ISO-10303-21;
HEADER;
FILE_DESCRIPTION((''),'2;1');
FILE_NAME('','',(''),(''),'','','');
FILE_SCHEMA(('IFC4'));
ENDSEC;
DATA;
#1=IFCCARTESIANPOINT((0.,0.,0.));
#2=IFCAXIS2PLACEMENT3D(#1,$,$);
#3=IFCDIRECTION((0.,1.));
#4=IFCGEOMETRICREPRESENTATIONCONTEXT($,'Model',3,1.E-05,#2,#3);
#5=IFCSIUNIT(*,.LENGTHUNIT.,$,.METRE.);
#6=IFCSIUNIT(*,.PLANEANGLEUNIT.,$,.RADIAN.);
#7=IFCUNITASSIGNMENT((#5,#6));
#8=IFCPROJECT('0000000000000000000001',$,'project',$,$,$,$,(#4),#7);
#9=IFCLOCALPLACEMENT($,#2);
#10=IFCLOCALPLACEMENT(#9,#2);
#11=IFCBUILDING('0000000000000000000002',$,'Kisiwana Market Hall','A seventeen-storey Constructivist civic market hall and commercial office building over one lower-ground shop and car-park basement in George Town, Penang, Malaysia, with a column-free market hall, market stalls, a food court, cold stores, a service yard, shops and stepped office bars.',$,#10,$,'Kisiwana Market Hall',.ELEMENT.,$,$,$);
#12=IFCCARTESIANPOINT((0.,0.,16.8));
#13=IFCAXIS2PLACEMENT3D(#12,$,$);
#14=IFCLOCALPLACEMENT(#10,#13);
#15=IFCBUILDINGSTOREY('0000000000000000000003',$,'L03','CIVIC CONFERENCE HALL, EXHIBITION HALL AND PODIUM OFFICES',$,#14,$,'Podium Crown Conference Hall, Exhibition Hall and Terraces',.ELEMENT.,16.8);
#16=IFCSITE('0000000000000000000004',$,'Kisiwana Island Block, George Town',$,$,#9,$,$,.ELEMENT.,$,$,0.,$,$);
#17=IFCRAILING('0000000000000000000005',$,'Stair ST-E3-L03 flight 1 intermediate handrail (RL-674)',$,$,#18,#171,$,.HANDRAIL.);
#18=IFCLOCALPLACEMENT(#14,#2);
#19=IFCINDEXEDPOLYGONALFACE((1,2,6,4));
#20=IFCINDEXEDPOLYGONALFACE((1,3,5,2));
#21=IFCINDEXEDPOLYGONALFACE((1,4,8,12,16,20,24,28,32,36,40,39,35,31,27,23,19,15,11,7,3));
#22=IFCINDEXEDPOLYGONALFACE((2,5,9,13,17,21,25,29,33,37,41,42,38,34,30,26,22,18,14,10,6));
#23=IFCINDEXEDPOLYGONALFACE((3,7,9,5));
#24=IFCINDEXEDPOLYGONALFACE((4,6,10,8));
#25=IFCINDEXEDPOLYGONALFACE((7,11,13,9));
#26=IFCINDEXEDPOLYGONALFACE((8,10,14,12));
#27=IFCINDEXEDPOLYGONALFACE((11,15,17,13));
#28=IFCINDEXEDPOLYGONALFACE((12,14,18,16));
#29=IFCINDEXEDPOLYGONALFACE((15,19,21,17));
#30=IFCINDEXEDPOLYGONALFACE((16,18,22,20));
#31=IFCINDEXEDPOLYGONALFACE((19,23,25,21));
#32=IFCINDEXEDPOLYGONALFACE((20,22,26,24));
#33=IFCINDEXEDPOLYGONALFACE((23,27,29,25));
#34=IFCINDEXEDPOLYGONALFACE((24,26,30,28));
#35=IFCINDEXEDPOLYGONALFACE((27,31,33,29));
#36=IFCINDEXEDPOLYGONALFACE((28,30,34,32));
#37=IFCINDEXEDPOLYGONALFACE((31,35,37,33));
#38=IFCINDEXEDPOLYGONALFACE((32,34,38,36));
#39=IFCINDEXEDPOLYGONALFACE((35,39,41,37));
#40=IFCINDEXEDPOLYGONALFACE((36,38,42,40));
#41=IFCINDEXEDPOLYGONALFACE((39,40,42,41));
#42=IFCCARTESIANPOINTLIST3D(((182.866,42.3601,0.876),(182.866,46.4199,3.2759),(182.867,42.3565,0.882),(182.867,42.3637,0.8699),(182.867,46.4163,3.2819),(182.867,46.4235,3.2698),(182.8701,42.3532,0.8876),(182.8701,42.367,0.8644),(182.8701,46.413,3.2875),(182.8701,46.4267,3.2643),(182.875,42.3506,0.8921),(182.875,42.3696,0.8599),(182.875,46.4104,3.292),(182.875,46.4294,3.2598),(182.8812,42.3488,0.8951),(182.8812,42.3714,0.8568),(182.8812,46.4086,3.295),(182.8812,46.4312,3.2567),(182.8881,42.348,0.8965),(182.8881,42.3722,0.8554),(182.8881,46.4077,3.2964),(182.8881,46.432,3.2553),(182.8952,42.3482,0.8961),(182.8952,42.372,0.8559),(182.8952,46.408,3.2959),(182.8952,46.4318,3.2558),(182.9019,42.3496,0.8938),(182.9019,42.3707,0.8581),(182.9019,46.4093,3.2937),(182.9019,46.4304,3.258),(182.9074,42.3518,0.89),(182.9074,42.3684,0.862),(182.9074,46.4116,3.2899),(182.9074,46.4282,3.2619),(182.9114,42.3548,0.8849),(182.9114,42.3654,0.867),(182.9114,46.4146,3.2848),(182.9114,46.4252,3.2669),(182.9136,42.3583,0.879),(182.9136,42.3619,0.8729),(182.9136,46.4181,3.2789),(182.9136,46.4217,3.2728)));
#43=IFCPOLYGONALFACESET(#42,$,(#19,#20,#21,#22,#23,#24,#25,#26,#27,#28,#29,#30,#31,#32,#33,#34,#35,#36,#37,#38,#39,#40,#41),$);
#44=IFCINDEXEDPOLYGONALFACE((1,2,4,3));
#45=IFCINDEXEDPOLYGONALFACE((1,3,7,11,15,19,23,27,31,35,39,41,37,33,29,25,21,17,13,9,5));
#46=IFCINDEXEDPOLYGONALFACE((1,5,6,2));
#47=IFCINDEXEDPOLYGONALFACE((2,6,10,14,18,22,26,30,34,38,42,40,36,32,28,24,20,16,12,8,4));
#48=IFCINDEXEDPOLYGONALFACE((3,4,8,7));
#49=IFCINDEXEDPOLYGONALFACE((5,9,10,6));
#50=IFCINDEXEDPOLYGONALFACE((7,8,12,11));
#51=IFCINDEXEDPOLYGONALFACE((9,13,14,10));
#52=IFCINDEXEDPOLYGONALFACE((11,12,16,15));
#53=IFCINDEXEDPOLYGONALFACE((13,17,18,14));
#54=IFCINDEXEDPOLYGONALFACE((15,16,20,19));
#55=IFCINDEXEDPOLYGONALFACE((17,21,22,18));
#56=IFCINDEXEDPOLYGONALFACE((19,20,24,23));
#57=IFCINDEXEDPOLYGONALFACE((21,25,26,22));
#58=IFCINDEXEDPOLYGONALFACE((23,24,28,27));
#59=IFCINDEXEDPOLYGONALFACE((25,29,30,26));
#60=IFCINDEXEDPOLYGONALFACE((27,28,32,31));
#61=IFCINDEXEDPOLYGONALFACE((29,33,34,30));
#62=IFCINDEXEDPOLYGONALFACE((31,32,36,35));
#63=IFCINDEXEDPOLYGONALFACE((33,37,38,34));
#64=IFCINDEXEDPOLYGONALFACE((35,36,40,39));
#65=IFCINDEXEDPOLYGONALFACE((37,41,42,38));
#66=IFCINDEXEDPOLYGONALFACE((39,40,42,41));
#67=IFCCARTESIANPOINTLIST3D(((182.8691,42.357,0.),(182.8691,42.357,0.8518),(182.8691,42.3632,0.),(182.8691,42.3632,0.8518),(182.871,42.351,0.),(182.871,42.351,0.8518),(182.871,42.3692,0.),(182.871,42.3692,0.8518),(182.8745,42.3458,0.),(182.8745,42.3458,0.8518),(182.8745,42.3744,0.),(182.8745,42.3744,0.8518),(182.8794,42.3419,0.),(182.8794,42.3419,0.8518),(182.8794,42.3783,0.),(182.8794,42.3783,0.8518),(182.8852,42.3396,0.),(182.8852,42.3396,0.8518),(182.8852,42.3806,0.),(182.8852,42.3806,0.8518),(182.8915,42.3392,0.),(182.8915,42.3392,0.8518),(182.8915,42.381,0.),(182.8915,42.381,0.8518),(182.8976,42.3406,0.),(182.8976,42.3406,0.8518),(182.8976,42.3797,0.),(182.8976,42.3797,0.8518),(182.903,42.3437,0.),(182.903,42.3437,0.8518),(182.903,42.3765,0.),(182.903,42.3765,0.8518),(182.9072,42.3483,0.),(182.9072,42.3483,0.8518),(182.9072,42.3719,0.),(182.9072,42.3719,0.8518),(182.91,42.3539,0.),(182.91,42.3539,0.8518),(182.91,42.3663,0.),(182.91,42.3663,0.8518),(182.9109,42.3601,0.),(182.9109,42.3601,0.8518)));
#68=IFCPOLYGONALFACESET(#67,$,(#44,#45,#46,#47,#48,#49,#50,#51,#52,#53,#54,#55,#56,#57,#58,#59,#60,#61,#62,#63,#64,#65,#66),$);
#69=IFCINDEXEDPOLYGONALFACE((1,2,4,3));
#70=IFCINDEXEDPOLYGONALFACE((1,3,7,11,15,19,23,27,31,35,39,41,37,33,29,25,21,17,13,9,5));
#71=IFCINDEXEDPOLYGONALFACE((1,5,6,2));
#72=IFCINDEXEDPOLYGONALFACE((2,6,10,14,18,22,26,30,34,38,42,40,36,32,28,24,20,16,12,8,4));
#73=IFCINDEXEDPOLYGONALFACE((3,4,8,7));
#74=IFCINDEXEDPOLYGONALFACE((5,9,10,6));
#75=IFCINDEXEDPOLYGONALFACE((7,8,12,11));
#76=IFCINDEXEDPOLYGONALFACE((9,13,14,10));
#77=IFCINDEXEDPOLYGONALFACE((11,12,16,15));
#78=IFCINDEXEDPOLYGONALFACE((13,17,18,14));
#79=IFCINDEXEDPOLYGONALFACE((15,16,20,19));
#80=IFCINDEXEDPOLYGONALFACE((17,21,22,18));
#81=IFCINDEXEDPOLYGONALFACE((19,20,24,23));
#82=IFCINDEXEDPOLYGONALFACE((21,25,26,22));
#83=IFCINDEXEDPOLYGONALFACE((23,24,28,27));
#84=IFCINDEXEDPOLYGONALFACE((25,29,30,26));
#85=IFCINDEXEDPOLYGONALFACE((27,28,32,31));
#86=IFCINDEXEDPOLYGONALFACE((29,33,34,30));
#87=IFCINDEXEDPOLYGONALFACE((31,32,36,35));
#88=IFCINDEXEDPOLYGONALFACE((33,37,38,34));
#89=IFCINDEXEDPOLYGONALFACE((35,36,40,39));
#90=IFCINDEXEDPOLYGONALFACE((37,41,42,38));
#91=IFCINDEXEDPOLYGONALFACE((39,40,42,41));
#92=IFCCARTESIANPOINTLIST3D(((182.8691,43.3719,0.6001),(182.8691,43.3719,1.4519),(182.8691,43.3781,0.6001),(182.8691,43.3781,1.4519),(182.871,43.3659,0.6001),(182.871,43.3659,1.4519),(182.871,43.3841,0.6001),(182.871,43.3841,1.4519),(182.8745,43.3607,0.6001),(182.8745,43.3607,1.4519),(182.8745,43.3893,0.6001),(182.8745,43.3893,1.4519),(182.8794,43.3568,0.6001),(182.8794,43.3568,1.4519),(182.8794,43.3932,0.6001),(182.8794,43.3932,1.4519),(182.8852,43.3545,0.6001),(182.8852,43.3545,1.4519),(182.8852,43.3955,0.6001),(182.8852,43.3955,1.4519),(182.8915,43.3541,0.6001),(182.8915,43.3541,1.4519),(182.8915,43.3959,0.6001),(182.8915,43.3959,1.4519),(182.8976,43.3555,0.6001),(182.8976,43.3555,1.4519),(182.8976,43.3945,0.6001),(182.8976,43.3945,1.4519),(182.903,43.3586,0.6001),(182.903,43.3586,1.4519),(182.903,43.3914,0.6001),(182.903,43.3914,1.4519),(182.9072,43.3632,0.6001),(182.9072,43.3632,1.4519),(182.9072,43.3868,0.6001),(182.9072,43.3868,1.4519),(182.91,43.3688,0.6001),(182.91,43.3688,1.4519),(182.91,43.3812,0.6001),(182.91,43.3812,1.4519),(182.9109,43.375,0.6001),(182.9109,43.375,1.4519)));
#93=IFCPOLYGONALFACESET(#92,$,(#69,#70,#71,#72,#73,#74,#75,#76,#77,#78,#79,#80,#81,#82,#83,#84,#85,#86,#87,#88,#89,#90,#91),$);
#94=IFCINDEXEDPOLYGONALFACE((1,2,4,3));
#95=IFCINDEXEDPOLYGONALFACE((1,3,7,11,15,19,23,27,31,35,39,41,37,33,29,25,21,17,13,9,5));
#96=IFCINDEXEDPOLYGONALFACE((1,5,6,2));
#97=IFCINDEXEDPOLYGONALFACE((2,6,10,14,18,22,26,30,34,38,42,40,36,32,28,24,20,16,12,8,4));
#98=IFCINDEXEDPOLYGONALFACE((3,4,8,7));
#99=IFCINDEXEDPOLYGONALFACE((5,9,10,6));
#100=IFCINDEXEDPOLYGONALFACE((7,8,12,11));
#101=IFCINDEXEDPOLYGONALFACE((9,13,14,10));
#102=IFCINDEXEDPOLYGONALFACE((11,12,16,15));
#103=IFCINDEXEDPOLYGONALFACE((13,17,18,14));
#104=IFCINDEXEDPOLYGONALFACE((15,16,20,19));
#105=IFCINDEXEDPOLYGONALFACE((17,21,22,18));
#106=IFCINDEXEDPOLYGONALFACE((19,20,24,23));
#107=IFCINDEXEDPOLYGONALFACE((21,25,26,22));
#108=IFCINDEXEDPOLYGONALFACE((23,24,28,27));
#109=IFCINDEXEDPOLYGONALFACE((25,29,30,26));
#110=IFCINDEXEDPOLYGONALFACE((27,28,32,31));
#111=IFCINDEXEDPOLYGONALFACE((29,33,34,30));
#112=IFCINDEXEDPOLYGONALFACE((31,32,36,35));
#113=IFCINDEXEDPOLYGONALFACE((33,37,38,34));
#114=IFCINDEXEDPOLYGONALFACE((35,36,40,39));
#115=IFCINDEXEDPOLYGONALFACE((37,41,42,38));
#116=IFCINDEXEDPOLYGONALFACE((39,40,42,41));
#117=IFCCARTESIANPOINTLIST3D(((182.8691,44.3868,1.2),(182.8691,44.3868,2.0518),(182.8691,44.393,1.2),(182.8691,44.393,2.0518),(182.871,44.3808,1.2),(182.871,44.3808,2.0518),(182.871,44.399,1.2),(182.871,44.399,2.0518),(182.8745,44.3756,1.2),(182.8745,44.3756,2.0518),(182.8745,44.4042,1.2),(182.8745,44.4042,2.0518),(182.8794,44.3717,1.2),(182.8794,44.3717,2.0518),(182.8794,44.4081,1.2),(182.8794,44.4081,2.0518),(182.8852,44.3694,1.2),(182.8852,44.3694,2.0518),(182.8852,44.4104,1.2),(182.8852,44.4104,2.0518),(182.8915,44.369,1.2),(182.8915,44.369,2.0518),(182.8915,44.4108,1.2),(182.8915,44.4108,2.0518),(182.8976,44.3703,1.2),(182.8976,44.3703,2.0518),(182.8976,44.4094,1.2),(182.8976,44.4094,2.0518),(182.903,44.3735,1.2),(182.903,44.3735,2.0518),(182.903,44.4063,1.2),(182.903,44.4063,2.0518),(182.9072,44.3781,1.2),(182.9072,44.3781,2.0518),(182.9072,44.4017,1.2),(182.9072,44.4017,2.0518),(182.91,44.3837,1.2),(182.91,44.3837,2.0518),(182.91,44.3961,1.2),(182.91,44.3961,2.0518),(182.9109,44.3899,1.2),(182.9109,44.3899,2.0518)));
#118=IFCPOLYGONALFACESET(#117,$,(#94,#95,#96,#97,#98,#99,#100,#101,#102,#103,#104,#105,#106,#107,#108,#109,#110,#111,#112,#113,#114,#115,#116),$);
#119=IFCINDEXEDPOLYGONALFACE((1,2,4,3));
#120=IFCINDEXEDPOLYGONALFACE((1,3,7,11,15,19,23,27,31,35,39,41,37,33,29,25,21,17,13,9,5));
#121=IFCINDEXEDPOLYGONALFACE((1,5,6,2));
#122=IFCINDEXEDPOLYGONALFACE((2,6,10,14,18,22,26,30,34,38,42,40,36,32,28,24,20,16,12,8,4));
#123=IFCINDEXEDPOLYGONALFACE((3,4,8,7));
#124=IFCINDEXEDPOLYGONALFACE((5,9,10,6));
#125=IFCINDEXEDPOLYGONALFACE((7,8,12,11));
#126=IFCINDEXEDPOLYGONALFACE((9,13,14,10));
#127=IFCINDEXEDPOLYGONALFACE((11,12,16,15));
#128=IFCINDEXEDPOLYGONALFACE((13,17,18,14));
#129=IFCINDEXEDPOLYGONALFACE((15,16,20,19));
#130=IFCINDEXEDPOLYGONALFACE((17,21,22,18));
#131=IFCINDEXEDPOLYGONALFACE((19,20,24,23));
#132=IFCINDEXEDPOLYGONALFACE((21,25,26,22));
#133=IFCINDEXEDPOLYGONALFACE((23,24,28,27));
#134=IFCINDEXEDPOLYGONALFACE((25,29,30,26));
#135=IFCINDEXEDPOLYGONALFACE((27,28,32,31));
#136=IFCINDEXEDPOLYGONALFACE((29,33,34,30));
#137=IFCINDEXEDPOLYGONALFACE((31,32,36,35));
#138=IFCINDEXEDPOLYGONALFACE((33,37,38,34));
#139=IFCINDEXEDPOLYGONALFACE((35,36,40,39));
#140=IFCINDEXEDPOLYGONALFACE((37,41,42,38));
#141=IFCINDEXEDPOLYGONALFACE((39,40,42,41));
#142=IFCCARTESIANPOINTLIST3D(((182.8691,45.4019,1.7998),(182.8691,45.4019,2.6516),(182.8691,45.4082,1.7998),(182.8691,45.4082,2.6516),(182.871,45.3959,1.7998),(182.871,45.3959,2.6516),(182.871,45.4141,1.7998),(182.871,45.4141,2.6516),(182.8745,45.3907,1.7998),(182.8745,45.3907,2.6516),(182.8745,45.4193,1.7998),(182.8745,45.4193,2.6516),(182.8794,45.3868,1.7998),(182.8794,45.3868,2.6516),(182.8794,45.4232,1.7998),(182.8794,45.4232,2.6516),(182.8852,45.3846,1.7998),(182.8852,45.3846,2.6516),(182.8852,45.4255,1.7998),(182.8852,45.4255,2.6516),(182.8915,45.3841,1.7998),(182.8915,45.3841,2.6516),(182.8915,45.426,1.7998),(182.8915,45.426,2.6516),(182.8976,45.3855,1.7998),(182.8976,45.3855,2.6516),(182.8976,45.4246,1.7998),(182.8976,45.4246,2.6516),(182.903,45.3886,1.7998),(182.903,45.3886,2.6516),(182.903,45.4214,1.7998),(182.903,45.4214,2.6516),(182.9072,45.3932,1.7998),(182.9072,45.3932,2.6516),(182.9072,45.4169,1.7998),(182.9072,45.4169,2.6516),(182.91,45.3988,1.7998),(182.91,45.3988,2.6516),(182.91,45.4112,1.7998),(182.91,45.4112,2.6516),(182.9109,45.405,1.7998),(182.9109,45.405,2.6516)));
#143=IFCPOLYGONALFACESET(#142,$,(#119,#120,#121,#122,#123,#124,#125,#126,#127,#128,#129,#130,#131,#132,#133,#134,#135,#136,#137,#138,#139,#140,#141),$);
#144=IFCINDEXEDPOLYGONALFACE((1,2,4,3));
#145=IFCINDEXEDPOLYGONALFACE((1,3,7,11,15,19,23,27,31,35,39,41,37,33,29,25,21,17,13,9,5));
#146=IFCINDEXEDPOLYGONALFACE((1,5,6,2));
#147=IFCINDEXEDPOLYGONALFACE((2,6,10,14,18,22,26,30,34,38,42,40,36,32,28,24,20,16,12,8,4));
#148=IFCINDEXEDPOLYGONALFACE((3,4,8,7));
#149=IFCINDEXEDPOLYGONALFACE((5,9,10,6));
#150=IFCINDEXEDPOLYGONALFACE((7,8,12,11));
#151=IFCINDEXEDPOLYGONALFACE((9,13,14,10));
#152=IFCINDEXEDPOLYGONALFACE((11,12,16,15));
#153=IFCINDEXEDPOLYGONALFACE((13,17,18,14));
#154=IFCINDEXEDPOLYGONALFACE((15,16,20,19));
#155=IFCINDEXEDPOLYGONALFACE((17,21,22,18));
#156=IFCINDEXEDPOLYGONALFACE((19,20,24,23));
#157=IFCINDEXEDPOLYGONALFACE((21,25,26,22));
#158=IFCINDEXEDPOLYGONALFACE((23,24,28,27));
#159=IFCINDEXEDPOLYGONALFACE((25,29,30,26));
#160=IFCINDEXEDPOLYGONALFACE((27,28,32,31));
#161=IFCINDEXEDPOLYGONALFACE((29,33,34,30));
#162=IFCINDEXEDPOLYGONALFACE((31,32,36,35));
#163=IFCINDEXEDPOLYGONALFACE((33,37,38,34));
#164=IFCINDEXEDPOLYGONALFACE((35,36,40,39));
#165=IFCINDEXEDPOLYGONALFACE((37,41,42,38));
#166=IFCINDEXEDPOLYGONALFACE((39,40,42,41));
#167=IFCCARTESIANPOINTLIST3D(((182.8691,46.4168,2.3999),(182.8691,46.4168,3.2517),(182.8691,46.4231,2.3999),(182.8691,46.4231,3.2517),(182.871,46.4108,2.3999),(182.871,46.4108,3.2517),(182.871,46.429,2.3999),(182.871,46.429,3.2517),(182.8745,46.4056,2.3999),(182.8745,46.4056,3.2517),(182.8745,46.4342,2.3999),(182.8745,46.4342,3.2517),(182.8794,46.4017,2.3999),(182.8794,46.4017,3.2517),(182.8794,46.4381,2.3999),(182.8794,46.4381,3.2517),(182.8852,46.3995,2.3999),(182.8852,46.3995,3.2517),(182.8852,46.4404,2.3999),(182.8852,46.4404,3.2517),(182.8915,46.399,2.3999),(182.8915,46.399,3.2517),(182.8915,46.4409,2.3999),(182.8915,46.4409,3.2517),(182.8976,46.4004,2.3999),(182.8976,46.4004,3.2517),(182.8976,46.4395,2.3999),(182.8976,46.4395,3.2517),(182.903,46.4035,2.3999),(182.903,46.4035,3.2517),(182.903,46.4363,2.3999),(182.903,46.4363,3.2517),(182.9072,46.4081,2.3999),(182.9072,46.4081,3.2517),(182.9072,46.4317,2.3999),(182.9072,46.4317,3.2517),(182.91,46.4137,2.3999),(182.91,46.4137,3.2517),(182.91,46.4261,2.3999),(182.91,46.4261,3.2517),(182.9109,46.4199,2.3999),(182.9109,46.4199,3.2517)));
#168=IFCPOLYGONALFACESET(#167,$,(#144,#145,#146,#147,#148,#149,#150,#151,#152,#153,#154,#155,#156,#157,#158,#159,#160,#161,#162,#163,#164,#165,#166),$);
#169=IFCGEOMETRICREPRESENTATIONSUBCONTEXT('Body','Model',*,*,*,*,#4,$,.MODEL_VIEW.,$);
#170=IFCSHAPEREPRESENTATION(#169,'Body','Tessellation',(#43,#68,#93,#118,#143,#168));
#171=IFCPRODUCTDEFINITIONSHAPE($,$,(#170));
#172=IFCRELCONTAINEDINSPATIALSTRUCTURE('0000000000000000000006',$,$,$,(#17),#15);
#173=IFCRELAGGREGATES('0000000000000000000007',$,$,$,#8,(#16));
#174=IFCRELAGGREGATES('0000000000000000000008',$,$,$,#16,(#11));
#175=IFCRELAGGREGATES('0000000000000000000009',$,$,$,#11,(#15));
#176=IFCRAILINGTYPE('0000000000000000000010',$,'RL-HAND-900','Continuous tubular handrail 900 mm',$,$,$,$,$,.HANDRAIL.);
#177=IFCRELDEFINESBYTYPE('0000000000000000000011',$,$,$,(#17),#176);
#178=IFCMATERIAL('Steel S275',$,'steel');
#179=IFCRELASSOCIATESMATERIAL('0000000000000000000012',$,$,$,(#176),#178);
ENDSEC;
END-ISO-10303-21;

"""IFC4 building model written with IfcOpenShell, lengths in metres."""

from ifc_helpers import new_model, si_unit, direction, frame, origin, origin_2d, place, context, subcontext, project, spatial, circle, extrude, material, type_object, element, save


model = new_model("IFC4")

# Units and contexts
model_context = context("Model", 3, precision=1e-05, world=origin(), true_north=direction((0.0, 1.0)))
body_context = subcontext(model_context, "Body", "Model", "MODEL_VIEW")
ifc_project = project(units=[si_unit("LENGTHUNIT", "METRE"), si_unit("PLANEANGLEUNIT", "RADIAN")], contexts=[model_context])

# Site, building, storey
site_placement = place(None, origin())
site = spatial("IfcSite", under=ifc_project, at=site_placement, Name="Kisiwana Island Block, George Town", CompositionType="ELEMENT", RefElevation=0.0)
building_placement = place(site_placement, origin())
building = spatial("IfcBuilding", under=site, at=building_placement, Name="Kisiwana Market Hall", Description="A seventeen-storey Constructivist civic market hall and commercial office building over one lower-ground shop and car-park basement in George Town, Penang, Malaysia, with a column-free market hall, market stalls, a food court, cold stores, a service yard, shops and stepped office bars.", LongName="Kisiwana Market Hall", CompositionType="ELEMENT")
storey_placement = place(building_placement, frame((0.0, 0.0, 16.8)))
storey = spatial("IfcBuildingStorey", under=building, at=storey_placement, Name="L03", Description="CIVIC CONFERENCE HALL, EXHIBITION HALL AND PODIUM OFFICES", LongName="Podium Crown Conference Hall, Exhibition Hall and Terraces", CompositionType="ELEMENT", Elevation=16.8)

# Railing
ifc_material_1 = material(Name="Steel S275", Category="steel")
railing_type_1 = type_object("IfcRailingType", Name="RL-HAND-900", Description="Continuous tubular handrail 900 mm", PredefinedType="HANDRAIL", material=ifc_material_1)
railing_1_placement = place(storey_placement, frame((182.8899, 42.3601, 0.0)))
element("IfcRailing", 1, at=railing_1_placement, inside=storey, type_object=railing_type_1, Name="Stair ST-E3-L03 flight 1 intermediate handrail (RL-674)", PredefinedType="HANDRAIL", context=body_context, shape_type="SweptSolid", body=[
    extrude(circle(Radius=0.0239, at=origin_2d()), frame((0.0, 0.0, 0.876), z_axis=(0.0, 0.860841, 0.508874), x_axis=(-1.0, 0.0, 0.0)), (0.0, 0.0, 1.0), 4.7161),
    extrude(circle(Radius=0.021, at=origin_2d()), origin(), (0.0, 0.0, 1.0), 0.8518),
    extrude(circle(Radius=0.021, at=origin_2d()), frame((0.0, 1.0149, 0.6001)), (0.0, 0.0, 1.0), 0.8518),
    extrude(circle(Radius=0.021, at=origin_2d()), frame((0.0, 2.0298, 1.2)), (0.0, 0.0, 1.0), 0.8518),
    extrude(circle(Radius=0.021, at=origin_2d()), frame((0.0, 3.0449, 1.7998)), (0.0, 0.0, 1.0), 0.8518),
    extrude(circle(Radius=0.021, at=origin_2d()), frame((0.0, 4.0598, 2.3999)), (0.0, 0.0, 1.0), 0.8518),
])

save(model, "model.ifc")
